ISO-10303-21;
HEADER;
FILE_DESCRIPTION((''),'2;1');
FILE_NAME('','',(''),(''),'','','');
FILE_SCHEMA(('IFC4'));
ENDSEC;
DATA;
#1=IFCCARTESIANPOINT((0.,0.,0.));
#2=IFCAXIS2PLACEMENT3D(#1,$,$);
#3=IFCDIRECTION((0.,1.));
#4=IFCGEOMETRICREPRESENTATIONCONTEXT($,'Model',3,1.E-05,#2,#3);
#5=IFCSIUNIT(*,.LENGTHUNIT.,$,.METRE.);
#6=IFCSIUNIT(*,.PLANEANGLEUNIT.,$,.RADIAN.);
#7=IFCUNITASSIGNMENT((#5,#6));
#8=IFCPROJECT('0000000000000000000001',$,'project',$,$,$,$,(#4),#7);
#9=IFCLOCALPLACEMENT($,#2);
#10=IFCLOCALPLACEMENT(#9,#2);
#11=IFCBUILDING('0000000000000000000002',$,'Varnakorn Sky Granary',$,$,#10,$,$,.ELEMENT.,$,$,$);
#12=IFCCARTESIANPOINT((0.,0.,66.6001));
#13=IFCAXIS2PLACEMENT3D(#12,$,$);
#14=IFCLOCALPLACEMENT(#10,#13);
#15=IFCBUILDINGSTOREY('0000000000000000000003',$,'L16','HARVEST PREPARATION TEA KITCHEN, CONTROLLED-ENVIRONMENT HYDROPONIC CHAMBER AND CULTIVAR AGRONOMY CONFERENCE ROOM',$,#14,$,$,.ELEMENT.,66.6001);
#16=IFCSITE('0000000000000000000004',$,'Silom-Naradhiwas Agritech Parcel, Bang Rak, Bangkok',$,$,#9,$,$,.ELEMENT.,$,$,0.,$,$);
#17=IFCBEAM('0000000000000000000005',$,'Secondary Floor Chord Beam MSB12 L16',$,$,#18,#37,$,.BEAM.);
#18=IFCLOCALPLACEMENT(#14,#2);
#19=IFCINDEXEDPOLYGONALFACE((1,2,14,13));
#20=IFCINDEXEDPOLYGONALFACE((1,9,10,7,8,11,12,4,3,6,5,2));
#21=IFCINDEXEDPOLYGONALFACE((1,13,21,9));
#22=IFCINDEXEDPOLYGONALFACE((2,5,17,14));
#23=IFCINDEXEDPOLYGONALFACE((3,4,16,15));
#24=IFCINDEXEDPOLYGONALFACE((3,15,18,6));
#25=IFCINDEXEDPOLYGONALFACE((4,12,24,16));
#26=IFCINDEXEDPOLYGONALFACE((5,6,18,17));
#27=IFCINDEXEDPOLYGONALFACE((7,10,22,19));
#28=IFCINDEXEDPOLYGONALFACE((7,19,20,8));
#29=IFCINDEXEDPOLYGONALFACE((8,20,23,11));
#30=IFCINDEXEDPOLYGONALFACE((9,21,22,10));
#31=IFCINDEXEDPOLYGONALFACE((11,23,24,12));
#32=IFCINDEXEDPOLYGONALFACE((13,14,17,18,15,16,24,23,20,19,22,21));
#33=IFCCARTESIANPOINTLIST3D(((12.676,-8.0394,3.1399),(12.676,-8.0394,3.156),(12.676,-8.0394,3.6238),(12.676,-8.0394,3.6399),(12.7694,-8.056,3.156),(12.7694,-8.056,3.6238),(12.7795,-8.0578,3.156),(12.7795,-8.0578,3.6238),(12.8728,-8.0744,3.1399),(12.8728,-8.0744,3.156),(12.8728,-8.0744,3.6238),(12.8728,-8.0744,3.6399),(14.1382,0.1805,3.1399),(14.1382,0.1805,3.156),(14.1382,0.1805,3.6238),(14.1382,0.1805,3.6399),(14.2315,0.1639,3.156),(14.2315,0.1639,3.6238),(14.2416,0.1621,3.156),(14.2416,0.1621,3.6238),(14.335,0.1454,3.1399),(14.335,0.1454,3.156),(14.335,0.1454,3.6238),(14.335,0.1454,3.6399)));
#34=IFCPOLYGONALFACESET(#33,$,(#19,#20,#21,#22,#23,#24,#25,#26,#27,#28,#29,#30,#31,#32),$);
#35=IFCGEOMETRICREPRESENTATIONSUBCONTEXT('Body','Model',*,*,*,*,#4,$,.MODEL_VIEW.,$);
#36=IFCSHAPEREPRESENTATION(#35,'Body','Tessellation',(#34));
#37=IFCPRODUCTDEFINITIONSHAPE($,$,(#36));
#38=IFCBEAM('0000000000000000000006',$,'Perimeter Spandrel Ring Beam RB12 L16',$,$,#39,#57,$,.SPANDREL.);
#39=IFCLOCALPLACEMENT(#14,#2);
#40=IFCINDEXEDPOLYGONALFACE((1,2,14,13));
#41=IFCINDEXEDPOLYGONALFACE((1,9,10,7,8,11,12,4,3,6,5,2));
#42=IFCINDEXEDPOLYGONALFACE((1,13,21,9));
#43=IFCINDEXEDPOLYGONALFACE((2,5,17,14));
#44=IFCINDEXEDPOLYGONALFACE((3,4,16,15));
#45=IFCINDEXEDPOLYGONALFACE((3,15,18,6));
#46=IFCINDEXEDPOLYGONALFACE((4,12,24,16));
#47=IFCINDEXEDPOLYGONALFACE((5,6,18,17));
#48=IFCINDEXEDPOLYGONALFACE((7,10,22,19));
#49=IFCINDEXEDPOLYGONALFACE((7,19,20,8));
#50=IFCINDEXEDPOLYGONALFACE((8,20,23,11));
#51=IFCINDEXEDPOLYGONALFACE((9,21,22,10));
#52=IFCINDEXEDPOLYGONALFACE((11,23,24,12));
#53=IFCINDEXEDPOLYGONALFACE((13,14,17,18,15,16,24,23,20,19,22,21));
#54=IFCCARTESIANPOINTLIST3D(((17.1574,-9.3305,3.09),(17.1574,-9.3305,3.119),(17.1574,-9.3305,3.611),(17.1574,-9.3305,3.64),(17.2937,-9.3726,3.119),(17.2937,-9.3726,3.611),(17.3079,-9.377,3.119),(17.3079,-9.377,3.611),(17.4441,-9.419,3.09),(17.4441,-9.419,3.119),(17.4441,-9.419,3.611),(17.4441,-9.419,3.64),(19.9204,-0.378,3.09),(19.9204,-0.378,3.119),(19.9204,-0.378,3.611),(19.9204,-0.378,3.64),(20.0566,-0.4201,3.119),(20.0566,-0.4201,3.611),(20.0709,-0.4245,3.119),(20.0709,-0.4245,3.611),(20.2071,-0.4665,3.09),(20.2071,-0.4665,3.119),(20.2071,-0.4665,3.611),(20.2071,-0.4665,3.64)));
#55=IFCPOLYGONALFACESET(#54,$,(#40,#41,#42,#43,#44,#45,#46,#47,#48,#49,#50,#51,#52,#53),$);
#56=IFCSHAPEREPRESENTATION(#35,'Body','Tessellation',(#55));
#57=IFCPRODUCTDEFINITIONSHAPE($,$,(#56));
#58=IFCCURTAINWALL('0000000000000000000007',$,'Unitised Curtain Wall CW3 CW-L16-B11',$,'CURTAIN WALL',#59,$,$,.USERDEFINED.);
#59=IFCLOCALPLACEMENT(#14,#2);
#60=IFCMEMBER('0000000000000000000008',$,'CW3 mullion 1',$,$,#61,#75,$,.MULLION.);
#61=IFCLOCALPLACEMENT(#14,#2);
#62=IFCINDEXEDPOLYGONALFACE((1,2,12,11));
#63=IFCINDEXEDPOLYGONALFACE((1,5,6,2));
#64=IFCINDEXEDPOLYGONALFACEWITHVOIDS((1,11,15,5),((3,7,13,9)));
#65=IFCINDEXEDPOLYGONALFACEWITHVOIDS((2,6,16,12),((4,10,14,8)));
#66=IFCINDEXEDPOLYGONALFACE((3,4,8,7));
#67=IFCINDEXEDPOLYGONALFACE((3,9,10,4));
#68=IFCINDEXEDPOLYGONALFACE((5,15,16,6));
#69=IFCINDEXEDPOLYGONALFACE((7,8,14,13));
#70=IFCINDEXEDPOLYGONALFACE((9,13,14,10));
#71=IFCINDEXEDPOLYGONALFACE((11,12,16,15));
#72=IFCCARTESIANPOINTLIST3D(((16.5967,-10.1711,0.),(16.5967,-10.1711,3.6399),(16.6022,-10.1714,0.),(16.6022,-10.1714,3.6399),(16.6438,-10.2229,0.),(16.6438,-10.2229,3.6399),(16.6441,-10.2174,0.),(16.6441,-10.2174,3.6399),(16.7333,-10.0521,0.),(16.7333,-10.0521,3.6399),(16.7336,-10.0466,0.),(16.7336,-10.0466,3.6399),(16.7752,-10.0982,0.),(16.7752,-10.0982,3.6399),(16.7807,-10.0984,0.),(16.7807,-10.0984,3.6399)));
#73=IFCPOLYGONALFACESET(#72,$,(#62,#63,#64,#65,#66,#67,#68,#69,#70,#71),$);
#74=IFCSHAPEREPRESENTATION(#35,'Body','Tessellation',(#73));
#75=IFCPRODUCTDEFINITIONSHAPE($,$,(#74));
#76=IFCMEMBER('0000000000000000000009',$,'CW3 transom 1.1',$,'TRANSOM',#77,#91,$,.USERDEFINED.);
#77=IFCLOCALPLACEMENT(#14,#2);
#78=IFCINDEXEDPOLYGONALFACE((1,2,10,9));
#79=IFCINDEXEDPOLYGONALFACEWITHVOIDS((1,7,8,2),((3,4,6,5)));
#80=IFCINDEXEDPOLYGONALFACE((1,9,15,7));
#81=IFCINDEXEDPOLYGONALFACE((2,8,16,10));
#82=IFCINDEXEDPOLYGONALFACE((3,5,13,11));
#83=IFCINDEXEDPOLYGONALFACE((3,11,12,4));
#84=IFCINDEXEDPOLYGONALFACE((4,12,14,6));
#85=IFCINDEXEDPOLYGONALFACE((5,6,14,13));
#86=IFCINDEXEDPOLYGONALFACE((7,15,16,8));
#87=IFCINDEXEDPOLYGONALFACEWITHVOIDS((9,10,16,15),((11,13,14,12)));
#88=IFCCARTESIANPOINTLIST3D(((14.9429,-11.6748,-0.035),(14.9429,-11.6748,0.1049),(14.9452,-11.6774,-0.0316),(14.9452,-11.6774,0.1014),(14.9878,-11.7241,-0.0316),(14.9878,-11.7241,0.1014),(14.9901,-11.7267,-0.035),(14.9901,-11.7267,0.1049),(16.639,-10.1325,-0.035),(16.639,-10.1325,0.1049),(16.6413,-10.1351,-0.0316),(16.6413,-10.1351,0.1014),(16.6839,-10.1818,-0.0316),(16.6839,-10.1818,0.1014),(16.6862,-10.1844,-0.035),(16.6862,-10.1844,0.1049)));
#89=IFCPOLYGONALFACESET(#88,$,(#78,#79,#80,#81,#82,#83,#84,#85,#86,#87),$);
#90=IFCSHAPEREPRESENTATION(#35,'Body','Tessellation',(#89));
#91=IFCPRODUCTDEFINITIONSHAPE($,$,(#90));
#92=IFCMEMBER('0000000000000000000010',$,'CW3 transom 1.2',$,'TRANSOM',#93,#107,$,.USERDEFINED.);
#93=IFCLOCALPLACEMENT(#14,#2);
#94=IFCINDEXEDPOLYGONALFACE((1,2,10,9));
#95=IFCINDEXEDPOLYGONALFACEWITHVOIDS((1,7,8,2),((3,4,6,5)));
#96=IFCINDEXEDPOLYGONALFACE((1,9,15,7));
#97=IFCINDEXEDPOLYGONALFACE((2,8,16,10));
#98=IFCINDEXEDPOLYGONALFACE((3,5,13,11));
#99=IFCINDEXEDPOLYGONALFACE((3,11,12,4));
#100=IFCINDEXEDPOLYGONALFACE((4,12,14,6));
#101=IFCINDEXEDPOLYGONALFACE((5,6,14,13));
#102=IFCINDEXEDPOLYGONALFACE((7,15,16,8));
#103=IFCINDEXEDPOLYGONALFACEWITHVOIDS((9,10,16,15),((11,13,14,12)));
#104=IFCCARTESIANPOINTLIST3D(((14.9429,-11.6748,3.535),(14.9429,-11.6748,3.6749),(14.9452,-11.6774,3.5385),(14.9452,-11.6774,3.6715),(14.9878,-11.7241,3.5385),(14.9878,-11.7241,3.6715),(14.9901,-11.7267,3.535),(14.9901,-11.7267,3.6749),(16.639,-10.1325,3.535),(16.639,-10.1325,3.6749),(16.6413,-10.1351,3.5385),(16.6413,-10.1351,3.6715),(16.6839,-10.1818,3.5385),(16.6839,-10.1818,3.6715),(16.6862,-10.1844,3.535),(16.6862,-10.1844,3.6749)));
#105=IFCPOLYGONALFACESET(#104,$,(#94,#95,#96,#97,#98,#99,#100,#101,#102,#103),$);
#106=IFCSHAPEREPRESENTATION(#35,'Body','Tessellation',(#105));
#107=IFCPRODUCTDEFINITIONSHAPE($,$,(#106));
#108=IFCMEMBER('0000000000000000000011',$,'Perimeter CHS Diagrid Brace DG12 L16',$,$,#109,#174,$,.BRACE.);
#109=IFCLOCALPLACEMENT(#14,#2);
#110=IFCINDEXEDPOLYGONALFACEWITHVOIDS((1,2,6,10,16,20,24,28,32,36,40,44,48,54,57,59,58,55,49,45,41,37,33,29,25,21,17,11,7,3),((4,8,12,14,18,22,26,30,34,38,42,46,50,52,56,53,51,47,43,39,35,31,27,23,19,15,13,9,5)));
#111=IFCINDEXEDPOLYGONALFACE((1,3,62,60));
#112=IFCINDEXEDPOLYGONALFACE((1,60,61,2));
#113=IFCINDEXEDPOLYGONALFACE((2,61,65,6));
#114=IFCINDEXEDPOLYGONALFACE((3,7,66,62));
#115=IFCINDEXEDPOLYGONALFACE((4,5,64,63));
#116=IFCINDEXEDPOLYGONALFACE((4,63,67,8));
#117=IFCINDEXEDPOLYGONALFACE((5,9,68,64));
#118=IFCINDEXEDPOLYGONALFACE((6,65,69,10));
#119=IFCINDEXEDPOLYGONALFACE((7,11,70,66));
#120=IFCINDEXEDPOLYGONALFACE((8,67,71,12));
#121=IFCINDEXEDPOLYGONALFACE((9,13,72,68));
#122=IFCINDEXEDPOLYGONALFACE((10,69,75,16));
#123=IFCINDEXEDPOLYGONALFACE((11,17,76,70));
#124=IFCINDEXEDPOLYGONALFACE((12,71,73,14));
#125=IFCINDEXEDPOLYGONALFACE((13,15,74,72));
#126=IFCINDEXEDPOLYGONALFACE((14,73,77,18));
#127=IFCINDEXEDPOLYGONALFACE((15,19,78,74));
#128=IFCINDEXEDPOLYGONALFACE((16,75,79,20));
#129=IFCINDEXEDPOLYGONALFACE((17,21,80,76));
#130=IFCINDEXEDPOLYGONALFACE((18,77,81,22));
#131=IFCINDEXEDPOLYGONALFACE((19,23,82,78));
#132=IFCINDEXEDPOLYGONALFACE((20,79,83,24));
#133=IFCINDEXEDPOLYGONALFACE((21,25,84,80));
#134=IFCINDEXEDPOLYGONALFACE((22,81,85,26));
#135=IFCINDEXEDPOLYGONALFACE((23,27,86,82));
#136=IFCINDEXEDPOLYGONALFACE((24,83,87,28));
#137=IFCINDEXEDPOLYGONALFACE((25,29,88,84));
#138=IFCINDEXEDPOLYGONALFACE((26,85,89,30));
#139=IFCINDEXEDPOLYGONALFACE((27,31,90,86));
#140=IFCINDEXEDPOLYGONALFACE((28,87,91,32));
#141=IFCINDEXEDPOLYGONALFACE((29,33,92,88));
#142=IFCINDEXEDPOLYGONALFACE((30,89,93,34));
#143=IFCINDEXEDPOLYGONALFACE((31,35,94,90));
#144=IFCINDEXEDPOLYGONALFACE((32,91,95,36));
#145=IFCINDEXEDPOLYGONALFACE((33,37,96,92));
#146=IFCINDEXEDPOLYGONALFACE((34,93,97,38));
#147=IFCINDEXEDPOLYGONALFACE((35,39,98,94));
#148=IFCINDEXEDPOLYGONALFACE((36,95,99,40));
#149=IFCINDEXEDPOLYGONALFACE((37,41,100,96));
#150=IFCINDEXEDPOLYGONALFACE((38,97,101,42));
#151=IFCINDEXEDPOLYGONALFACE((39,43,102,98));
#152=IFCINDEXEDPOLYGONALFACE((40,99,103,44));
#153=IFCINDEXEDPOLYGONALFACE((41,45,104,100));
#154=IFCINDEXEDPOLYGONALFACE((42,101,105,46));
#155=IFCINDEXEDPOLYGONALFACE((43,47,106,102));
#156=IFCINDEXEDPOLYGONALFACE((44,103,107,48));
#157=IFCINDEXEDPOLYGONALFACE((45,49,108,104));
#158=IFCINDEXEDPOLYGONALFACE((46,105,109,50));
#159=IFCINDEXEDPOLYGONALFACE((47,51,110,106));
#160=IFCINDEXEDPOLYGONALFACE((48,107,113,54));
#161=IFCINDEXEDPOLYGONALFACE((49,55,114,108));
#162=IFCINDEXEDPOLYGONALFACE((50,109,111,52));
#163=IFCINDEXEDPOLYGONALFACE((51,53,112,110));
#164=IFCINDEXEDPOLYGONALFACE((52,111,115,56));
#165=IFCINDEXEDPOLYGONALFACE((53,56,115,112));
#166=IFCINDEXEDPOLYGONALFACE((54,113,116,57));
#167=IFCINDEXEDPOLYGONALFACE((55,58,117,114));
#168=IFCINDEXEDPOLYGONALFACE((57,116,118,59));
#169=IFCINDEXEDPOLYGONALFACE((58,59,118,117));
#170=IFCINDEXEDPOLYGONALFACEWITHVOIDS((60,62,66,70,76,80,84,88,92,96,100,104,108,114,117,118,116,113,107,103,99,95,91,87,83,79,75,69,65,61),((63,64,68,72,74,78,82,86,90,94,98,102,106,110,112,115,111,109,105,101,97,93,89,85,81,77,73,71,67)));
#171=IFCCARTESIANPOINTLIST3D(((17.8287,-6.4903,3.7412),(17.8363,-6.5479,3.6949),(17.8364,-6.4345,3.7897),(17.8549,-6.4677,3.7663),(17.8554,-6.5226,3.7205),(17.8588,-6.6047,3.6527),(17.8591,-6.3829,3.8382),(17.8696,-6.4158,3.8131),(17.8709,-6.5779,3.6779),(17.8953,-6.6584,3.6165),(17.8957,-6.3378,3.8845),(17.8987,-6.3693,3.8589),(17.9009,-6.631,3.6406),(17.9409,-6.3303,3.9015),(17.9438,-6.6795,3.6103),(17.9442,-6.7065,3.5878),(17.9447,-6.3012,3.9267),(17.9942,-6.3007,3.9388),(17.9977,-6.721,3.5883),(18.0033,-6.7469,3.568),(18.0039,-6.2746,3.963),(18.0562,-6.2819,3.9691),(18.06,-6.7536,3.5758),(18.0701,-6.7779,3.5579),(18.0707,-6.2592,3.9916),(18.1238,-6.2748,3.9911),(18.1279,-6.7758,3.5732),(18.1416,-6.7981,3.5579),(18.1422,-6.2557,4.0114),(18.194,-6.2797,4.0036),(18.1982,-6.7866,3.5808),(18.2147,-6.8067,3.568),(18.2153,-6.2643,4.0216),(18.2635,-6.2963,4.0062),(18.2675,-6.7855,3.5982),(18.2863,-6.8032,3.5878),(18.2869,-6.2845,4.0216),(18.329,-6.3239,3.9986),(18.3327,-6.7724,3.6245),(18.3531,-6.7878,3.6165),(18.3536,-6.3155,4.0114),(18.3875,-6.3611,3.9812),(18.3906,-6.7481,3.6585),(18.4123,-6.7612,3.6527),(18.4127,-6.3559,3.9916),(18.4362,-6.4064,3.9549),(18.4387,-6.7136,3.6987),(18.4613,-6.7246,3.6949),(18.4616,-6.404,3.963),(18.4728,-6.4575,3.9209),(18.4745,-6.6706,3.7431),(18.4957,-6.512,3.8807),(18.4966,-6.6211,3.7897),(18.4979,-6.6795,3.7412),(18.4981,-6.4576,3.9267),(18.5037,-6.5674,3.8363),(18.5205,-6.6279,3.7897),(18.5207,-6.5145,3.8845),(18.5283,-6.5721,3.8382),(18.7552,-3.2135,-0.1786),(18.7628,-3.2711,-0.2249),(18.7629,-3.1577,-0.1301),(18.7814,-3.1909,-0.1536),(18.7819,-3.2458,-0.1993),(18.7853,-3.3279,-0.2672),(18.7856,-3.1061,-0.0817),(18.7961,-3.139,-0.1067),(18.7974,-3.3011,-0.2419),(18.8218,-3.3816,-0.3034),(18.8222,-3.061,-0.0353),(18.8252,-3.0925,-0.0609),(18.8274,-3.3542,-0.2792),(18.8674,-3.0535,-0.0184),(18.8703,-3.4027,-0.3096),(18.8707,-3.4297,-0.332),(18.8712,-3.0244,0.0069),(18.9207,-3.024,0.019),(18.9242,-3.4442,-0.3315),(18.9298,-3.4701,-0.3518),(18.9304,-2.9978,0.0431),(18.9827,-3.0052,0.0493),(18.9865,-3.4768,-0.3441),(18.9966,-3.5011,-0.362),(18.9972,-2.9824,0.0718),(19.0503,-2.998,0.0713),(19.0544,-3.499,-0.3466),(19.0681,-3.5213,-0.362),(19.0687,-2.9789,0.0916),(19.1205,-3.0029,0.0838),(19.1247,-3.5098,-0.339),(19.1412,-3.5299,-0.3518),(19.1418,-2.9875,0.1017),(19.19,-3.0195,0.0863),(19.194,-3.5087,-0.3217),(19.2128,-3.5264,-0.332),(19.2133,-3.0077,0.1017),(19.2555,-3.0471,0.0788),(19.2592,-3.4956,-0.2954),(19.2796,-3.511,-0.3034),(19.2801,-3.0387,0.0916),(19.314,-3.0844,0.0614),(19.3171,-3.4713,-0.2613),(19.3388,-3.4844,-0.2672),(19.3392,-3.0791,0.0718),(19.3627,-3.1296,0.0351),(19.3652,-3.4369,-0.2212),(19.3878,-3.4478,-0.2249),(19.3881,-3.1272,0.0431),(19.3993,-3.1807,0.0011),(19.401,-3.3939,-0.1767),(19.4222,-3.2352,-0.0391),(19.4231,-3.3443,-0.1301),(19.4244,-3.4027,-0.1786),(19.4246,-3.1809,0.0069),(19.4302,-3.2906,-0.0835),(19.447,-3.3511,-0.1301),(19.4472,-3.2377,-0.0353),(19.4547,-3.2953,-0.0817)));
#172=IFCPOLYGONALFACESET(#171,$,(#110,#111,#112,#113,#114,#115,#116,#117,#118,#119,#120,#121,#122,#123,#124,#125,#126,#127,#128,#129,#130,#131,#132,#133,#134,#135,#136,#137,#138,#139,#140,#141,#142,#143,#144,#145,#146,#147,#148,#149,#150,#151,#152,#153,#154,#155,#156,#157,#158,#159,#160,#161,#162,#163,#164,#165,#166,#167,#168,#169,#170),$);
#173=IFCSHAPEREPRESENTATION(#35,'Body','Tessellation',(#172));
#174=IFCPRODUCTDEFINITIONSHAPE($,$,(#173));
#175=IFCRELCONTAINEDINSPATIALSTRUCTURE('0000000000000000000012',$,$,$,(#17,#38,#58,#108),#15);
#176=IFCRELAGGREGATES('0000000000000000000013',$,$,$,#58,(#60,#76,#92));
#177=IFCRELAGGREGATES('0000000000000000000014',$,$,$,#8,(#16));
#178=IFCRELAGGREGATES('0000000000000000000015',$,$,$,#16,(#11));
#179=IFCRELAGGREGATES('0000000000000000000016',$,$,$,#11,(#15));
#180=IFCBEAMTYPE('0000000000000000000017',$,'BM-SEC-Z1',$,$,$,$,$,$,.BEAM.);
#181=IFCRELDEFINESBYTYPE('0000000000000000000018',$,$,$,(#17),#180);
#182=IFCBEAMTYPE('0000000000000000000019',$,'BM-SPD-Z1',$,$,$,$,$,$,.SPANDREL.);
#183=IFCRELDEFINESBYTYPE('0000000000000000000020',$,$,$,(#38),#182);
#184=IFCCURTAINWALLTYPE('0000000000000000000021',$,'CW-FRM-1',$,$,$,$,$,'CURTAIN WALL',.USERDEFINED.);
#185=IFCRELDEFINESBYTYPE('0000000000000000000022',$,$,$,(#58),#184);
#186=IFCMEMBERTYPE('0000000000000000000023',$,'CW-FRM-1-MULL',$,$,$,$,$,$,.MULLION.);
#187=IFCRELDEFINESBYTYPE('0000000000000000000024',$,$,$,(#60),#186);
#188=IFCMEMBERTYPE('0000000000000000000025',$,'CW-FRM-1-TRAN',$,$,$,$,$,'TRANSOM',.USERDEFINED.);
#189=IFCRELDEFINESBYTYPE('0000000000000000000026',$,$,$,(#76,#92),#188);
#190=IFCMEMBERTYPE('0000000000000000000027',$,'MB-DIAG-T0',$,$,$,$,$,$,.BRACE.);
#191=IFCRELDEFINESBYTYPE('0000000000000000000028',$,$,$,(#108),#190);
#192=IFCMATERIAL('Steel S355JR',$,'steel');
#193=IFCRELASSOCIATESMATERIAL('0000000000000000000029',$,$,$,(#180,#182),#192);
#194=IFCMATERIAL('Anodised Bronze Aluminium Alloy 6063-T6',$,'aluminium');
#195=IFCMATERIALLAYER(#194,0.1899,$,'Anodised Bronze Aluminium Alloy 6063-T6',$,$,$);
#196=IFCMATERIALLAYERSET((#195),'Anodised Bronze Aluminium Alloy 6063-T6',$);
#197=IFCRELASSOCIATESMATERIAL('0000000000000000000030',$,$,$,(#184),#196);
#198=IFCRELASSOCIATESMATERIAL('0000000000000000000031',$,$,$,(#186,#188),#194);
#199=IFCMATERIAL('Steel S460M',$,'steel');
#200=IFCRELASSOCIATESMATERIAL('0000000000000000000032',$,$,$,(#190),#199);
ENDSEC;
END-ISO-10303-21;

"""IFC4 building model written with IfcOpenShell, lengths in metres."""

from ifc_helpers import new_model, si_unit, direction, frame, origin, origin_2d, place, context, subcontext, project, spatial, hollow_rectangle, hollow_circle, i_section, extrude, material, layer, layer_set, material_profile, profile_set, type_object, element, aggregate, save


model = new_model("IFC4")

# Units and contexts
model_context = context("Model", 3, precision=1e-05, world=origin(), true_north=direction((0.0, 1.0)))
body_context = subcontext(model_context, "Body", "Model", "MODEL_VIEW")
ifc_project = project(units=[si_unit("LENGTHUNIT", "METRE"), si_unit("PLANEANGLEUNIT", "RADIAN")], contexts=[model_context])

# Site, building, storey
site_placement = place(None, origin())
site = spatial("IfcSite", under=ifc_project, at=site_placement, Name="Silom-Naradhiwas Agritech Parcel, Bang Rak, Bangkok", CompositionType="ELEMENT", RefElevation=0.0)
building_placement = place(site_placement, origin())
building = spatial("IfcBuilding", under=site, at=building_placement, Name="Varnakorn Sky Granary", CompositionType="ELEMENT")
storey_placement = place(building_placement, frame((0.0, 0.0, 66.6001)))
storey = spatial("IfcBuildingStorey", under=building, at=storey_placement, Name="L16", Description="HARVEST PREPARATION TEA KITCHEN, CONTROLLED-ENVIRONMENT HYDROPONIC CHAMBER AND CULTIVAR AGRONOMY CONFERENCE ROOM", CompositionType="ELEMENT", Elevation=66.6001)

# Shared definitions
ifc_material_1 = material(Name="Steel S460M", Category="steel")

# Beams
ifc_material_2 = material(Name="Steel S355JR", Category="steel")
ifc_material_profile_1 = material_profile(ifc_material_2, i_section(OverallWidth=0.2, OverallDepth=0.5, WebThickness=0.0103, FlangeThickness=0.0161, at=origin_2d()), Name="IPE 500")
ifc_profile_set_1 = profile_set([ifc_material_profile_1], Name="Steel S355JR")
beam_type_1 = type_object("IfcBeamType", Name="BM-SEC-Z1", PredefinedType="BEAM", material=ifc_profile_set_1)
beam_1_placement = place(storey_placement, frame((12.7744, -8.0569, 3.3899), z_axis=(0.175135, 0.984544, 0.0), x_axis=(-0.984544, 0.175135, 0.0)))
element("IfcBeam", 1, at=beam_1_placement, inside=storey, type_object=beam_type_1, Name="Secondary Floor Chord Beam MSB12 L16", PredefinedType="BEAM", context=body_context, shape_type="SweptSolid", body=[
    extrude(i_section(OverallWidth=0.2, OverallDepth=0.5, WebThickness=0.0103, FlangeThickness=0.0161, at=origin_2d()), origin(), (0.0, 0.0, 1.0), 8.3489),
])
ifc_material_profile_2 = material_profile(ifc_material_2, i_section(OverallWidth=0.3, OverallDepth=0.55, WebThickness=0.0149, FlangeThickness=0.0291, at=origin_2d()), Name="HE 550 B")
ifc_profile_set_2 = profile_set([ifc_material_profile_2], Name="Steel S355JR")
beam_type_2 = type_object("IfcBeamType", Name="BM-SPD-Z1", PredefinedType="SPANDREL", material=ifc_profile_set_2)
beam_2_placement = place(storey_placement, frame((17.3008, -9.3748, 3.365), z_axis=(0.294901, 0.955528, 0.0), x_axis=(-0.955528, 0.294901, 0.0)))
element("IfcBeam", 2, at=beam_2_placement, inside=storey, type_object=beam_type_2, Name="Perimeter Spandrel Ring Beam RB12 L16", PredefinedType="SPANDREL", context=body_context, shape_type="SweptSolid", body=[
    extrude(i_section(OverallWidth=0.3, OverallDepth=0.55, WebThickness=0.0149, FlangeThickness=0.0291, at=origin_2d()), origin(), (0.0, 0.0, 1.0), 9.3691),
])

# Curtain wall, members
ifc_material_3 = material(Name="Anodised Bronze Aluminium Alloy 6063-T6", Category="aluminium")
ifc_layer_1 = layer(ifc_material_3, 0.1899, Name="Anodised Bronze Aluminium Alloy 6063-T6")
ifc_layer_set_1 = layer_set([ifc_layer_1], Name="Anodised Bronze Aluminium Alloy 6063-T6")
curtain_wall_type = type_object("IfcCurtainWallType", Name="CW-FRM-1", ElementType="CURTAIN WALL", PredefinedType="USERDEFINED", material=ifc_layer_set_1)
curtain_wall_placement = place(storey_placement, origin())
curtain_wall = element("IfcCurtainWall", 3, at=curtain_wall_placement, inside=storey, type_object=curtain_wall_type, Name="Unitised Curtain Wall CW3 CW-L16-B11", ObjectType="CURTAIN WALL", PredefinedType="USERDEFINED")
ifc_material_profile_3 = material_profile(ifc_material_3, hollow_rectangle(XDim=0.0701, YDim=0.1851, WallThickness=0.0039, at=origin_2d()), Name="ALU MULL 70x185")
ifc_profile_set_3 = profile_set([ifc_material_profile_3], Name="Anodised Bronze Aluminium Alloy 6063-T6")
member_type_1 = type_object("IfcMemberType", Name="CW-FRM-1-MULL", PredefinedType="MULLION", material=ifc_profile_set_3)
member_1_placement = place(storey_placement, frame((16.6887, -10.1348, 0.0), z_axis=(0.0, 0.0, 1.0), x_axis=(0.672776, -0.739847, 0.0)))
member_1 = element("IfcMember", 4, at=member_1_placement, type_object=member_type_1, Name="CW3 mullion 1", PredefinedType="MULLION", context=body_context, shape_type="SweptSolid", body=[
    extrude(hollow_rectangle(XDim=0.0701, YDim=0.1851, WallThickness=0.0039, at=origin_2d()), origin(), (0.0, 0.0, 1.0), 3.6399),
])
ifc_material_profile_4 = material_profile(ifc_material_3, hollow_rectangle(XDim=0.0701, YDim=0.1399, WallThickness=0.0034, at=origin_2d()), Name="ALU TRAN 70x140")
ifc_profile_set_4 = profile_set([ifc_material_profile_4], Name="Anodised Bronze Aluminium Alloy 6063-T6")
member_type_2 = type_object("IfcMemberType", Name="CW-FRM-1-TRAN", ElementType="TRANSOM", PredefinedType="USERDEFINED", material=ifc_profile_set_4)
member_2_placement = place(storey_placement, frame((16.6626, -10.1584, 0.0349), z_axis=(-0.739858, -0.672763, 0.0), x_axis=(0.672763, -0.739858, 0.0)))
member_2 = element("IfcMember", 5, at=member_2_placement, type_object=member_type_2, Name="CW3 transom 1.1", ObjectType="TRANSOM", PredefinedType="USERDEFINED", context=body_context, shape_type="SweptSolid", body=[
    extrude(hollow_rectangle(XDim=0.0701, YDim=0.1399, WallThickness=0.0034, at=origin_2d()), origin(), (0.0, 0.0, 1.0), 2.2925),
])
member_3_placement = place(storey_placement, frame((16.6626, -10.1584, 3.605), z_axis=(-0.739858, -0.672763, 0.0), x_axis=(0.672763, -0.739858, 0.0)))
member_3 = element("IfcMember", 6, at=member_3_placement, type_object=member_type_2, Name="CW3 transom 1.2", ObjectType="TRANSOM", PredefinedType="USERDEFINED", context=body_context, shape_type="SweptSolid", body=[
    extrude(hollow_rectangle(XDim=0.0701, YDim=0.1399, WallThickness=0.0034, at=origin_2d()), origin(), (0.0, 0.0, 1.0), 2.2925),
])

# Member
ifc_material_profile_5 = material_profile(ifc_material_1, hollow_circle(Radius=0.3555, WallThickness=0.0249, at=origin_2d()), Name="CHS 711x25")
ifc_profile_set_5 = profile_set([ifc_material_profile_5], Name="Steel S460M")
member_type_3 = type_object("IfcMemberType", Name="MB-DIAG-T0", PredefinedType="BRACE", material=ifc_profile_set_5)
member_4_placement = place(storey_placement, frame((19.105, -3.2544, -0.1301), z_axis=(-0.178433, -0.631075, 0.754921), x_axis=(0.962275, -0.272078, 0.0)))
element("IfcMember", 7, at=member_4_placement, inside=storey, type_object=member_type_3, Name="Perimeter CHS Diagrid Brace DG12 L16", PredefinedType="BRACE", context=body_context, shape_type="SweptSolid", body=[
    extrude(hollow_circle(Radius=0.3555, WallThickness=0.0249, at=origin_2d()), origin(), (0.0, 0.0, 1.0), 5.1924),
])

aggregate(curtain_wall, [member_1, member_2, member_3])

save(model, "model.ifc")
